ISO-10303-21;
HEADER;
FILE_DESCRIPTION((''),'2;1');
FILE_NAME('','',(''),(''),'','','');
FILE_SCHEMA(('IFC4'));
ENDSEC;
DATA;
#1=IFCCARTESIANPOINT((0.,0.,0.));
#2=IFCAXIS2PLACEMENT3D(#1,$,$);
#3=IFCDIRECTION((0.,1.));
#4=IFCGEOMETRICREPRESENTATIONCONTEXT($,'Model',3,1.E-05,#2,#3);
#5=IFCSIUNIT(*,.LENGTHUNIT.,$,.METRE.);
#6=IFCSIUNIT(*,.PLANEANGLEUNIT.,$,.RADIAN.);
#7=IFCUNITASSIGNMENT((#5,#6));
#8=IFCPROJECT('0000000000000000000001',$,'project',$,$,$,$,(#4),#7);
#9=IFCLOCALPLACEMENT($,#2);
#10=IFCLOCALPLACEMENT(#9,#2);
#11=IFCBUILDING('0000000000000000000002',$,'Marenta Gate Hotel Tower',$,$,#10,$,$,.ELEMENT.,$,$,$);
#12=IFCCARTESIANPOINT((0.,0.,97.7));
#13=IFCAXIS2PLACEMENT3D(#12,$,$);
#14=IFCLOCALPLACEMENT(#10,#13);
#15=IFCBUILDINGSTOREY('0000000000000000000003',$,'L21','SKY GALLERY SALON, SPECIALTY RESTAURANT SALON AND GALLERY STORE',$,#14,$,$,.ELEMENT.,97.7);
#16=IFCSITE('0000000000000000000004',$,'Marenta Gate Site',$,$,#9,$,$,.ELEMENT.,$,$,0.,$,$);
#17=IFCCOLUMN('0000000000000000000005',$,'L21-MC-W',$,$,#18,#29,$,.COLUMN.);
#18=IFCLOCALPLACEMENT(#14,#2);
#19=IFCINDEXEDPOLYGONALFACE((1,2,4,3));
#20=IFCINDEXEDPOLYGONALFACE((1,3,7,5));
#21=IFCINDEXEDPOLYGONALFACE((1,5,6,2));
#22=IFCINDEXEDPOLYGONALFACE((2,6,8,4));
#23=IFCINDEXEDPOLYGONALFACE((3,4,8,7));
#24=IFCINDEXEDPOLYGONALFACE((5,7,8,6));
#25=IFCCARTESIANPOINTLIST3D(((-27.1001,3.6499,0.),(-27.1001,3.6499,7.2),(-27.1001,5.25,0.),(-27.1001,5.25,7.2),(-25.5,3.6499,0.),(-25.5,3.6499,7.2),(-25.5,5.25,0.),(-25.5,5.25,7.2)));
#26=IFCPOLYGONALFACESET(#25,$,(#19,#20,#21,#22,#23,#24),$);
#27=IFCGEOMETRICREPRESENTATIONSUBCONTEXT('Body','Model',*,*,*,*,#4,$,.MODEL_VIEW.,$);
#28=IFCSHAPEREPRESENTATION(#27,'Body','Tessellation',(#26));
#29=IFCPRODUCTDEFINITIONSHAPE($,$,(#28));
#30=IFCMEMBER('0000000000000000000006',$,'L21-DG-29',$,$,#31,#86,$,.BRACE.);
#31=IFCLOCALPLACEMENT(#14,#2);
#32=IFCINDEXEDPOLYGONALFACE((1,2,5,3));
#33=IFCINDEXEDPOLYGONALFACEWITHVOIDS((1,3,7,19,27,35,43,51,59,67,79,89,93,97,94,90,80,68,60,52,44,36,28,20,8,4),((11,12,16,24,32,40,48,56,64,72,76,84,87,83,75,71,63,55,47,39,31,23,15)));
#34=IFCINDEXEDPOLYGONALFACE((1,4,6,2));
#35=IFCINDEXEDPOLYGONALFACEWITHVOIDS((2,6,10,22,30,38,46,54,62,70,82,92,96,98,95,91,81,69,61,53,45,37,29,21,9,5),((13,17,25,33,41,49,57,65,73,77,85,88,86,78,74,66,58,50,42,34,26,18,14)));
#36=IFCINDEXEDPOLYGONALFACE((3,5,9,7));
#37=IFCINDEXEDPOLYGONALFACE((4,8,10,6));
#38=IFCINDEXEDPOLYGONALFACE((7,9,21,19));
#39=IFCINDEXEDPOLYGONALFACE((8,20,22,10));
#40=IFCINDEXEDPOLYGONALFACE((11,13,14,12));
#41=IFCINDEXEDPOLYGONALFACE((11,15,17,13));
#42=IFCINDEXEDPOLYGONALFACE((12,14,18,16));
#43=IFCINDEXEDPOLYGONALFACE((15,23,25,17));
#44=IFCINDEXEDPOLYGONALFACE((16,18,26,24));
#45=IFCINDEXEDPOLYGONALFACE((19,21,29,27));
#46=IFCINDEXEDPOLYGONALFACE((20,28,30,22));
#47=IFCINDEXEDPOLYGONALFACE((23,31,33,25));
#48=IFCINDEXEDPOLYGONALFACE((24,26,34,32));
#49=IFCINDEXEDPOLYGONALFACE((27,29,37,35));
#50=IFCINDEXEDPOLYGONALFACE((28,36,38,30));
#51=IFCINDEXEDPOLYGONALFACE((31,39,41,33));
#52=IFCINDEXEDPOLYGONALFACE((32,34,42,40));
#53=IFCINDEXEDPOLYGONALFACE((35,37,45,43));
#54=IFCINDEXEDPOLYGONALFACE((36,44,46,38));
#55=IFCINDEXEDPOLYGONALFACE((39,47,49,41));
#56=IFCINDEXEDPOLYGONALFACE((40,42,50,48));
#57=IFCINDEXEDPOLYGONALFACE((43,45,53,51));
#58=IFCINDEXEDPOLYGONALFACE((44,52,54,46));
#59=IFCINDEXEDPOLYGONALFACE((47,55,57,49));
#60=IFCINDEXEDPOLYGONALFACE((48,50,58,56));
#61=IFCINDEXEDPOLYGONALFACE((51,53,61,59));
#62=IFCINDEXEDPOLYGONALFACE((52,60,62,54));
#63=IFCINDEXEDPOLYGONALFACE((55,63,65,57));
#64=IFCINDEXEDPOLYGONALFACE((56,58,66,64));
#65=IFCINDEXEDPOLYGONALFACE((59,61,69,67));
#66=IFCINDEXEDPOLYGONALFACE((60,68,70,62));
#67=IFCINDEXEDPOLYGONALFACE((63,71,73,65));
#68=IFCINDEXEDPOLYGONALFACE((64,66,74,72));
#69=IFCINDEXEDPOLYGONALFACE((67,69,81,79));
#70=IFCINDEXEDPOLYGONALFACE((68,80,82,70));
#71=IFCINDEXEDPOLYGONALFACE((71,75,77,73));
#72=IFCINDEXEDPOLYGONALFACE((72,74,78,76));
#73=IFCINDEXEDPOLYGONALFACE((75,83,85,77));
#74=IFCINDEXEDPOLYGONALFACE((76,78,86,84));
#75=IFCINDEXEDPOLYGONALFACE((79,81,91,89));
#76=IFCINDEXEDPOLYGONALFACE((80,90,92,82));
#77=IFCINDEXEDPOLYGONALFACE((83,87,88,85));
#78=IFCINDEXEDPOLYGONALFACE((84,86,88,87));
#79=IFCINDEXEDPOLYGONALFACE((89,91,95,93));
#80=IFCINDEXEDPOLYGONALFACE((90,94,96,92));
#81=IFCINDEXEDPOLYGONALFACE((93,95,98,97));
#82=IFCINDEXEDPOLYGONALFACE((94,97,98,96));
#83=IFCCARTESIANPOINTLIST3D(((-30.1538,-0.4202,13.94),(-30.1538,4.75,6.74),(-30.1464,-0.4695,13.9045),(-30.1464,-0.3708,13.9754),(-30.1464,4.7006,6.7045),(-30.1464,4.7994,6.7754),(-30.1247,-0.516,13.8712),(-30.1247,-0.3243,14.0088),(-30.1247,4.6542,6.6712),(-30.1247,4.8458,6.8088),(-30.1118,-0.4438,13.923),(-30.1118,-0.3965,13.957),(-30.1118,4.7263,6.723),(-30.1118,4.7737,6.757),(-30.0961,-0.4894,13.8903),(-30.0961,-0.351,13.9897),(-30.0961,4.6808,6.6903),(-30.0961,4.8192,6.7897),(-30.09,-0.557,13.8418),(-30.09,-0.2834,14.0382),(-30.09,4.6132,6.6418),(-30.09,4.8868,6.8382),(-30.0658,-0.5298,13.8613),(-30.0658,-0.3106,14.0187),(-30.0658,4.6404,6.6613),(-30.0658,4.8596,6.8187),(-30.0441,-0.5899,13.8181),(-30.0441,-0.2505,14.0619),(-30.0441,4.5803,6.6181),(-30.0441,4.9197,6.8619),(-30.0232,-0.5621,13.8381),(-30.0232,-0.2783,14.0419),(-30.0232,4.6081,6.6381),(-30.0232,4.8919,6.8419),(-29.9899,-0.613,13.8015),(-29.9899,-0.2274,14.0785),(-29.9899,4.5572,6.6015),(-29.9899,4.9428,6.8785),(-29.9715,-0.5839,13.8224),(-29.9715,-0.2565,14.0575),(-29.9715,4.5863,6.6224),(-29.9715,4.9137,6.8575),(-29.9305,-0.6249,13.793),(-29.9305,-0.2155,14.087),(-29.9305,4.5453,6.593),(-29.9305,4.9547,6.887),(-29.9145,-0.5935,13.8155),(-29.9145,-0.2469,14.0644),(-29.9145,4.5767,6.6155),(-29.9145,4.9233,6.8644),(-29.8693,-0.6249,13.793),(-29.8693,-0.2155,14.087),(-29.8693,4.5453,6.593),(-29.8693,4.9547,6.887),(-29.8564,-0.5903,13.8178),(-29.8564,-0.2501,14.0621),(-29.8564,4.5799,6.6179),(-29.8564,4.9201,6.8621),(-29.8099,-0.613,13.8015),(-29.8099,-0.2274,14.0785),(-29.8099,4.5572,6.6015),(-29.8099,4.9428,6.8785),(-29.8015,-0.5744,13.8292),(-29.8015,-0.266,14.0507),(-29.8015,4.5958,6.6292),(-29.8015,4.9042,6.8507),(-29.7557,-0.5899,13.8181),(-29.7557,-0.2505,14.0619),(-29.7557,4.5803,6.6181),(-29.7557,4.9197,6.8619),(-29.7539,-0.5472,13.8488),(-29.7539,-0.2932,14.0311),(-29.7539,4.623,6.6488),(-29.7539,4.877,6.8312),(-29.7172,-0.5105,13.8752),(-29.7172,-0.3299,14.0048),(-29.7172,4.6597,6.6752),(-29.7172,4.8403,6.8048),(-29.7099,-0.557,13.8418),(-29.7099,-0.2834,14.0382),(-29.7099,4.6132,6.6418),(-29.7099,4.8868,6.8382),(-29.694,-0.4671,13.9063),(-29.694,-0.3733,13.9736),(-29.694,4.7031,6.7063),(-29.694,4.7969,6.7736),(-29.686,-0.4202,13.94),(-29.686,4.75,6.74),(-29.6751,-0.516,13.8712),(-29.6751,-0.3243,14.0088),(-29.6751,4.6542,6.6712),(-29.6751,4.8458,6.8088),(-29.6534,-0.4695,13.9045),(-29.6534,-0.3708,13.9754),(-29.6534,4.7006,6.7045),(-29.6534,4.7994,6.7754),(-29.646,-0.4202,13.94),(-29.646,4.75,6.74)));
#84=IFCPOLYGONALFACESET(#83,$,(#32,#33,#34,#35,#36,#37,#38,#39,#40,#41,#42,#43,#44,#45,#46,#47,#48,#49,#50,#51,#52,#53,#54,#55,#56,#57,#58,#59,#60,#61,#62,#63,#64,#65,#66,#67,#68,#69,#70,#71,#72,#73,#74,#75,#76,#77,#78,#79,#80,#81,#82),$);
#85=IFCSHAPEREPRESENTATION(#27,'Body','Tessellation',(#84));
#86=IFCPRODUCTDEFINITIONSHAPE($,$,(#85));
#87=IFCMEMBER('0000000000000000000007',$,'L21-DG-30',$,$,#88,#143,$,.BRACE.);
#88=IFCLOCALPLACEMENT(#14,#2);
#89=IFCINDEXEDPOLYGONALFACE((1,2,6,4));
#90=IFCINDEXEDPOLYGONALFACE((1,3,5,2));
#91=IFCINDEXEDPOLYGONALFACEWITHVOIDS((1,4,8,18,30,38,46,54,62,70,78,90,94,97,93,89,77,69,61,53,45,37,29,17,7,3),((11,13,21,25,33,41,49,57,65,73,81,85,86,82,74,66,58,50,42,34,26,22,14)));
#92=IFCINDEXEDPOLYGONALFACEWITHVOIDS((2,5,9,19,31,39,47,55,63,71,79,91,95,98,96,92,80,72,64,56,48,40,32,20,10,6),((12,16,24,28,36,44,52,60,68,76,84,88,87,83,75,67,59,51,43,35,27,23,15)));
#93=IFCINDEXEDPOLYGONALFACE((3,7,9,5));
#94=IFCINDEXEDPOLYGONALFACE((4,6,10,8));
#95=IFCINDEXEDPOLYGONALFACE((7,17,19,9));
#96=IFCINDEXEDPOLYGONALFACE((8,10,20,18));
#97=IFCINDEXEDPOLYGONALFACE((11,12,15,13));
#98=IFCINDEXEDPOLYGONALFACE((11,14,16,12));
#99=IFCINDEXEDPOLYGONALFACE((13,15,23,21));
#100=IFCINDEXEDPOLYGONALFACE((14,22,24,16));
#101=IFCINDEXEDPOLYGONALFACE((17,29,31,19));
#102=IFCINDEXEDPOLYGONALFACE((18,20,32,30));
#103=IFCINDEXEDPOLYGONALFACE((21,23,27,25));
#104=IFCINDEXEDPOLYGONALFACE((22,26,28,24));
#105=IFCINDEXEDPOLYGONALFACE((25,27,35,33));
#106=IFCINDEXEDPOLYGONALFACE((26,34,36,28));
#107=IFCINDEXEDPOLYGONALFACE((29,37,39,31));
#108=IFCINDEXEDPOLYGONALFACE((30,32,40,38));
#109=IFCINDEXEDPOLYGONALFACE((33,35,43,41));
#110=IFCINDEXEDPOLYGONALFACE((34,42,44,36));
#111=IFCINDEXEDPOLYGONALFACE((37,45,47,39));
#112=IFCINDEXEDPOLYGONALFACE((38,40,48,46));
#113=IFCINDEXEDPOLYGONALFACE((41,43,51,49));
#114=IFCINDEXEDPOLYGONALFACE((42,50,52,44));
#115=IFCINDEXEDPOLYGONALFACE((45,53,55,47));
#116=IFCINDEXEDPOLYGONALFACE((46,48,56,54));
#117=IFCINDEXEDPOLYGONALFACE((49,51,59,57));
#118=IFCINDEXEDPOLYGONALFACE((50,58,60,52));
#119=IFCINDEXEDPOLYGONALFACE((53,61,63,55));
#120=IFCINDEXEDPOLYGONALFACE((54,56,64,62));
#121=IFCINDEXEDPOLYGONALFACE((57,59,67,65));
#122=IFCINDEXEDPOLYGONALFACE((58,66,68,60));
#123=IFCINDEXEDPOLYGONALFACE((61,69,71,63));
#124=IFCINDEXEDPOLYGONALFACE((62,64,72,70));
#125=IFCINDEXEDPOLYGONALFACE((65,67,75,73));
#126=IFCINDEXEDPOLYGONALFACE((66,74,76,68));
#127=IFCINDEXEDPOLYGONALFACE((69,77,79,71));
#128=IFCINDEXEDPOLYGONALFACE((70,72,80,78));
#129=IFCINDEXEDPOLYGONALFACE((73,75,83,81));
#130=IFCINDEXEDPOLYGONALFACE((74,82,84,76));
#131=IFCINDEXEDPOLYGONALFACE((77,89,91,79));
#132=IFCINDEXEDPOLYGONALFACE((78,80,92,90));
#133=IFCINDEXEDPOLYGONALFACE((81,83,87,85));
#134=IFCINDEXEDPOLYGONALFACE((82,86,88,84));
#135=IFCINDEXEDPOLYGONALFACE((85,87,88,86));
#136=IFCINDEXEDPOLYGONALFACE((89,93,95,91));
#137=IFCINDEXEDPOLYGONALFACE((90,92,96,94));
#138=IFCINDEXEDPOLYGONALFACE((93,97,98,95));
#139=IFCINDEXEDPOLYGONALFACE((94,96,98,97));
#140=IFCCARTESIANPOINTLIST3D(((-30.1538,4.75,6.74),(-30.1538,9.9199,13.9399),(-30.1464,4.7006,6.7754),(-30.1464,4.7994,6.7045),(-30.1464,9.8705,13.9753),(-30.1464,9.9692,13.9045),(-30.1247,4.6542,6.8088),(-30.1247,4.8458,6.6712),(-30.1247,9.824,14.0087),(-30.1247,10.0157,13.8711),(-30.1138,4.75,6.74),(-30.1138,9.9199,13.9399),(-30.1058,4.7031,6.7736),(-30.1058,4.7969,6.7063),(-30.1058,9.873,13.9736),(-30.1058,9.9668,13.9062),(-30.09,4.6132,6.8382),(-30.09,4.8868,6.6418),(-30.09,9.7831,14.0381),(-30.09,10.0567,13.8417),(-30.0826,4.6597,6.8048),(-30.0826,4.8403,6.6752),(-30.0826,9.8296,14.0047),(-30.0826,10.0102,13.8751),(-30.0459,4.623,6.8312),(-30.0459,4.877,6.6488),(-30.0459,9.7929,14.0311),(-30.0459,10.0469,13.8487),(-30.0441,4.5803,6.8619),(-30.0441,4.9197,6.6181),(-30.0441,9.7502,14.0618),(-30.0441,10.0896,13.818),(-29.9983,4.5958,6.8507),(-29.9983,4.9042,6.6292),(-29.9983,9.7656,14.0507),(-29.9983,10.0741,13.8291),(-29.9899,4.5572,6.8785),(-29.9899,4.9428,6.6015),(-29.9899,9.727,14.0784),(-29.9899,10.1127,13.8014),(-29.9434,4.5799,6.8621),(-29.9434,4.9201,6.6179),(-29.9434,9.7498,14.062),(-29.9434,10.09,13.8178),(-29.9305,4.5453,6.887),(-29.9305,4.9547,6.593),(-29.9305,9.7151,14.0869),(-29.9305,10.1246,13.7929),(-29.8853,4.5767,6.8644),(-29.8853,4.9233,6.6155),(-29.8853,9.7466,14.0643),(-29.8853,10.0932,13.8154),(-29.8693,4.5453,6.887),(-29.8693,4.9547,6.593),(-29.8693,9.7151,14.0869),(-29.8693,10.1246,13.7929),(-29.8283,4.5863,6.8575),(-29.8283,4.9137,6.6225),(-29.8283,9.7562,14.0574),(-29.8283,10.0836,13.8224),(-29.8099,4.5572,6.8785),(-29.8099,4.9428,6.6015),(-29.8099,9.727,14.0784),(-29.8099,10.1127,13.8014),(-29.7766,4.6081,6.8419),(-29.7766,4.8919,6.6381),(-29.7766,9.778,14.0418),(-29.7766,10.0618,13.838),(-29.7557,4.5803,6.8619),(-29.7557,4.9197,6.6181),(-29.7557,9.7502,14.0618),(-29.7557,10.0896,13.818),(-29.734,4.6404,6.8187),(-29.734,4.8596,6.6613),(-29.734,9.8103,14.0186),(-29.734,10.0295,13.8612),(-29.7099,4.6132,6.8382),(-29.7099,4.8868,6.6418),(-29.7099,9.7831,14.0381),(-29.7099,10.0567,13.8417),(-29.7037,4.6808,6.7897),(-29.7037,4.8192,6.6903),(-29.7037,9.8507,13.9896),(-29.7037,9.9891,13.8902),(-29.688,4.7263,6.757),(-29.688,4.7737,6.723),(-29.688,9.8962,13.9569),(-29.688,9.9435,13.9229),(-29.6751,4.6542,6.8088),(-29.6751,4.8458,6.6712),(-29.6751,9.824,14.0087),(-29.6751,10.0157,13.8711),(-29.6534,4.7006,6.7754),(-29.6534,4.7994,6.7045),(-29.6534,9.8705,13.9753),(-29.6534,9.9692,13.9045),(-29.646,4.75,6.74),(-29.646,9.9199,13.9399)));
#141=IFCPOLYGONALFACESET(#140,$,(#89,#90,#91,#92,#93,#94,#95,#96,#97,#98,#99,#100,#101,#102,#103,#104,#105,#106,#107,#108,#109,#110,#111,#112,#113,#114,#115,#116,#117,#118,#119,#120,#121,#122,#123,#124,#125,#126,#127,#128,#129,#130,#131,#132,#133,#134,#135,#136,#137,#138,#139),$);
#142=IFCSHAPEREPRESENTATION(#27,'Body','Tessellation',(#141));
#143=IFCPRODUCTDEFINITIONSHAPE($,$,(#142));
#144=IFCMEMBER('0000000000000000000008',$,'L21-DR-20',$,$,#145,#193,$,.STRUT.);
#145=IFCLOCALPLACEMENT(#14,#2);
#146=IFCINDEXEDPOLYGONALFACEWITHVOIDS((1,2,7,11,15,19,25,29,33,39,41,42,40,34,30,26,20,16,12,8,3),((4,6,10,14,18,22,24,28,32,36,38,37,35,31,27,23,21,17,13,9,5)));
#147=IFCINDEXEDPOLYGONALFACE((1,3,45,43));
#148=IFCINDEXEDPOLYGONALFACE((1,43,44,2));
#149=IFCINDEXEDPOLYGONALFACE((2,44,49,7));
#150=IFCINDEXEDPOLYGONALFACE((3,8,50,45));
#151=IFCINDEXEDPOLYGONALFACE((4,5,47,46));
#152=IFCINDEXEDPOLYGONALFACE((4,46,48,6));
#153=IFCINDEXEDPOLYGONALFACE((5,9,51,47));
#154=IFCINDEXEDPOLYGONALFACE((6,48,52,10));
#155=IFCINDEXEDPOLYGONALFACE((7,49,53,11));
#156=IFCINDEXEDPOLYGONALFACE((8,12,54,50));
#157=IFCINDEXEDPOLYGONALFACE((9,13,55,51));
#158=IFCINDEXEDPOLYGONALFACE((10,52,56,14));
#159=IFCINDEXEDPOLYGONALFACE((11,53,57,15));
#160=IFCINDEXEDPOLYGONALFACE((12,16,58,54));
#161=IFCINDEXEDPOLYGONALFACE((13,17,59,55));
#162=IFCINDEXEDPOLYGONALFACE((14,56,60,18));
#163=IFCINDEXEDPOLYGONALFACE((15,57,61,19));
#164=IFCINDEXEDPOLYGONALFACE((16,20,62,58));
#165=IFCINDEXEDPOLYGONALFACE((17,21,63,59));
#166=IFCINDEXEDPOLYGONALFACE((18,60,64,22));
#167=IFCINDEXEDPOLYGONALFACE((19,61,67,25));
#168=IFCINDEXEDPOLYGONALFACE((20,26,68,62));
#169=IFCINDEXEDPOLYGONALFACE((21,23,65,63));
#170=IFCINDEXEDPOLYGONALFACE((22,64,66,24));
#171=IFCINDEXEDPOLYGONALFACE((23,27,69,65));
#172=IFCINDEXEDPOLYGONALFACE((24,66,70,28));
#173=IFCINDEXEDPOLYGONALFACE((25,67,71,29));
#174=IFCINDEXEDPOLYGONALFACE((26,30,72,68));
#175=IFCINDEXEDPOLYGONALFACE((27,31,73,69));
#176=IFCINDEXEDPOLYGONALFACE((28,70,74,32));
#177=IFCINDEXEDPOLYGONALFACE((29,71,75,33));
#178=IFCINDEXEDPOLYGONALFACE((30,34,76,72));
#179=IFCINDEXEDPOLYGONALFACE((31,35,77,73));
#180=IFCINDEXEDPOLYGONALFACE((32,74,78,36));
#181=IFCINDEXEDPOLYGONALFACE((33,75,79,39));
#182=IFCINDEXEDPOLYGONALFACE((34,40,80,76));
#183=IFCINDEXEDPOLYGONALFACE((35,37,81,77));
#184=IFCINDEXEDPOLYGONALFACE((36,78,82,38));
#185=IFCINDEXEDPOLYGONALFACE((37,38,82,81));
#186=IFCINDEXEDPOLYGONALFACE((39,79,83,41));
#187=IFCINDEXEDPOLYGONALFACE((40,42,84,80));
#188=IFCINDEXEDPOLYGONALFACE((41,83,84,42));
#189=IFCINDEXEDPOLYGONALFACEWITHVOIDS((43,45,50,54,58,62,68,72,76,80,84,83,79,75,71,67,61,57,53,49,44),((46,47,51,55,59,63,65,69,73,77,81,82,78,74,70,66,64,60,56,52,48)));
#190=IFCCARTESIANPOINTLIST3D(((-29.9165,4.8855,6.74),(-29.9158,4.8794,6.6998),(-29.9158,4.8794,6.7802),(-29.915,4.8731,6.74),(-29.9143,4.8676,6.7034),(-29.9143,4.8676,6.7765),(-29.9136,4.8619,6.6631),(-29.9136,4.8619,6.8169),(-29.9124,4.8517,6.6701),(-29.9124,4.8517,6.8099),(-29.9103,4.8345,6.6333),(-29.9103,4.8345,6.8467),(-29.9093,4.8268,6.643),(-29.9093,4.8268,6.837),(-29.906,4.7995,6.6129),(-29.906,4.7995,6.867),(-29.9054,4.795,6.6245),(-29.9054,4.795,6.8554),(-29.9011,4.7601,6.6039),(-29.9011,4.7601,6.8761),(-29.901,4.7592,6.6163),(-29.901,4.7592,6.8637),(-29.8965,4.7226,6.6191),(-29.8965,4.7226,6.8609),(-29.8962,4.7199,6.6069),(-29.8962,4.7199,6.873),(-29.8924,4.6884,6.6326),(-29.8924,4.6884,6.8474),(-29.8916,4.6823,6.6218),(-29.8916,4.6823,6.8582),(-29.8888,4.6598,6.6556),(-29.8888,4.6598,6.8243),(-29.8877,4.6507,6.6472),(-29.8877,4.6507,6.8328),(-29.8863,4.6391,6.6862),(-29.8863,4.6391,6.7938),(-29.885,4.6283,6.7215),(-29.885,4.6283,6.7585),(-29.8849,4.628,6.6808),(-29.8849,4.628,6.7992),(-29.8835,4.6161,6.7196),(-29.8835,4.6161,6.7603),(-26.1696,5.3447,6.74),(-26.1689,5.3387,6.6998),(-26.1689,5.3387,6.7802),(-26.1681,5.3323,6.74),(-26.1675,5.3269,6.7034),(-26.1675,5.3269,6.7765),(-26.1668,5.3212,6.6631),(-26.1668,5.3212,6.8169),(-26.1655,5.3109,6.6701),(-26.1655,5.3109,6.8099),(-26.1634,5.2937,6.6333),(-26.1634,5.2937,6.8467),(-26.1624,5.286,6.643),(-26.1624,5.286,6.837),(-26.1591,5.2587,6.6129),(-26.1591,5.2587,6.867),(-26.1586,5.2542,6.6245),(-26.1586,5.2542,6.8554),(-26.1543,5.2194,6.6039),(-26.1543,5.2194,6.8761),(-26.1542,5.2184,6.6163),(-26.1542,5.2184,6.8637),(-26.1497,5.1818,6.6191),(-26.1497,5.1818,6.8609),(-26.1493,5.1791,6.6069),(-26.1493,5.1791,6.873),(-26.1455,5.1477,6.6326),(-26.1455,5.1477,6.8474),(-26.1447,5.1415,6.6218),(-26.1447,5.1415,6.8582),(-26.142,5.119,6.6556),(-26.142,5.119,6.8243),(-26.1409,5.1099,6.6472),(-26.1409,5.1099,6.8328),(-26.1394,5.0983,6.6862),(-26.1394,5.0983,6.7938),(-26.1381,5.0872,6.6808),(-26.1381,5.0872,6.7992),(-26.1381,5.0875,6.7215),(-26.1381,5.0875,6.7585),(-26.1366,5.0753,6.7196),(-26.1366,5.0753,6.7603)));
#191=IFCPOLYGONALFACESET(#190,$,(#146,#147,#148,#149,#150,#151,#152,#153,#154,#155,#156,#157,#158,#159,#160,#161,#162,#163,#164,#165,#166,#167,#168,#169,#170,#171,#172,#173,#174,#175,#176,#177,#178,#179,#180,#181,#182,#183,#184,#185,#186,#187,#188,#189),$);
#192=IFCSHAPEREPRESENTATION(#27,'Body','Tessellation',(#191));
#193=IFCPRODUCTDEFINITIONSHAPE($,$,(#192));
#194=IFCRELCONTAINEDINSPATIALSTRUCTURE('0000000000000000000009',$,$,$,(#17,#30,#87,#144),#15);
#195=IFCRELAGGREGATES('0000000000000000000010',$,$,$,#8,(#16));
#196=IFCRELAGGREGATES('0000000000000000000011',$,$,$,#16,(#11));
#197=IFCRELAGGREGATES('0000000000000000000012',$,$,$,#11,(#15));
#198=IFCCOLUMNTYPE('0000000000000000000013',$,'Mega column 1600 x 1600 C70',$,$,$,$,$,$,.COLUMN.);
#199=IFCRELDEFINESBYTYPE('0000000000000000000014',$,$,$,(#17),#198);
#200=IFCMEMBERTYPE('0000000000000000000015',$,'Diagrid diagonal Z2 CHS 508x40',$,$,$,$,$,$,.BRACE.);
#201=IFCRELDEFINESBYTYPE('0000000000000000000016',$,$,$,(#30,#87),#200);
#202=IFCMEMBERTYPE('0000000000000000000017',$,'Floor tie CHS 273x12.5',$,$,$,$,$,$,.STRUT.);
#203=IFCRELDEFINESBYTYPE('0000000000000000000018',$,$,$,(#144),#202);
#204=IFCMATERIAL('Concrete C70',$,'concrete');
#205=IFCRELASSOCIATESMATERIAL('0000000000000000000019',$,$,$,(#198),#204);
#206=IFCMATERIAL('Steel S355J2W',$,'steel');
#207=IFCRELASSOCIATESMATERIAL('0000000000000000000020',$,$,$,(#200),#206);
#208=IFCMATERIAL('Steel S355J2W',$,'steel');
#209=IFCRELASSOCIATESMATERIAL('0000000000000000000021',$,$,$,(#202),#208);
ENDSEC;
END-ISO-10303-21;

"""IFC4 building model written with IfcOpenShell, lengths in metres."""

from ifc_helpers import new_model, si_unit, direction, frame, origin, origin_2d, place, context, subcontext, project, spatial, rectangle, hollow_circle, extrude, material, material_profile, profile_set, type_object, element, save


model = new_model("IFC4")

# Units and contexts
model_context = context("Model", 3, precision=1e-05, world=origin(), true_north=direction((0.0, 1.0)))
body_context = subcontext(model_context, "Body", "Model", "MODEL_VIEW")
ifc_project = project(units=[si_unit("LENGTHUNIT", "METRE"), si_unit("PLANEANGLEUNIT", "RADIAN")], contexts=[model_context])

# Site, building, storey
site_placement = place(None, origin())
site = spatial("IfcSite", under=ifc_project, at=site_placement, Name="Marenta Gate Site", CompositionType="ELEMENT", RefElevation=0.0)
building_placement = place(site_placement, origin())
building = spatial("IfcBuilding", under=site, at=building_placement, Name="Marenta Gate Hotel Tower", CompositionType="ELEMENT")
storey_placement = place(building_placement, frame((0.0, 0.0, 97.7)))
storey = spatial("IfcBuildingStorey", under=building, at=storey_placement, Name="L21", Description="SKY GALLERY SALON, SPECIALTY RESTAURANT SALON AND GALLERY STORE", CompositionType="ELEMENT", Elevation=97.7)

# Column
ifc_material_1 = material(Name="Concrete C70", Category="concrete")
ifc_material_profile_1 = material_profile(ifc_material_1, rectangle(XDim=1.6001, YDim=1.6001, at=origin_2d()), Name="1600 x 1600")
ifc_profile_set_1 = profile_set([ifc_material_profile_1], Name="Concrete C70")
column_type = type_object("IfcColumnType", Name="Mega column 1600 x 1600 C70", PredefinedType="COLUMN", material=ifc_profile_set_1)
column_placement = place(storey_placement, frame((-26.3, 4.45, 0.0), z_axis=(0.0, 0.0, 1.0), x_axis=(1.0, 0.0, 0.0)))
element("IfcColumn", 1, at=column_placement, inside=storey, type_object=column_type, Name="L21-MC-W", PredefinedType="COLUMN", context=body_context, shape_type="SweptSolid", body=[
    extrude(rectangle(XDim=1.6001, YDim=1.6001, at=origin_2d()), origin(), (0.0, 0.0, 1.0), 7.2),
])

# Members
ifc_material_2 = material(Name="Steel S355J2W", Category="steel")
ifc_material_profile_2 = material_profile(ifc_material_2, hollow_circle(Radius=0.2539, WallThickness=0.04, at=origin_2d()), Name="CHS 508x40")
ifc_profile_set_2 = profile_set([ifc_material_profile_2], Name="Steel S355J2W")
member_type_1 = type_object("IfcMemberType", Name="Diagrid diagonal Z2 CHS 508x40", PredefinedType="BRACE", material=ifc_profile_set_2)
member_1_placement = place(storey_placement, frame((-29.8999, 4.75, 6.74), z_axis=(0.0, -0.583279, 0.812272), x_axis=(1.0, 0.0, 0.0)))
element("IfcMember", 2, at=member_1_placement, inside=storey, type_object=member_type_1, Name="L21-DG-29", PredefinedType="BRACE", context=body_context, shape_type="SweptSolid", body=[
    extrude(hollow_circle(Radius=0.2539, WallThickness=0.04, at=origin_2d()), origin(), (0.0, 0.0, 1.0), 8.864),
])
member_2_placement = place(storey_placement, frame((-29.8999, 4.75, 6.74), z_axis=(0.0, 0.583261, 0.812285), x_axis=(-1.0, 0.0, 0.0)))
element("IfcMember", 3, at=member_2_placement, inside=storey, type_object=member_type_1, Name="L21-DG-30", PredefinedType="BRACE", context=body_context, shape_type="SweptSolid", body=[
    extrude(hollow_circle(Radius=0.2539, WallThickness=0.04, at=origin_2d()), origin(), (0.0, 0.0, 1.0), 8.8638),
])
ifc_material_3 = material(Name="Steel S355J2W", Category="steel")
ifc_material_profile_3 = material_profile(ifc_material_3, hollow_circle(Radius=0.1365, WallThickness=0.0125, at=origin_2d()), Name="CHS 273x12.5")
ifc_profile_set_3 = profile_set([ifc_material_profile_3], Name="Steel S355J2W")
member_type_2 = type_object("IfcMemberType", Name="Floor tie CHS 273x12.5", PredefinedType="STRUT", material=ifc_profile_set_3)
member_3_placement = place(storey_placement, frame((-29.8999, 4.75, 6.74), z_axis=(0.992573, 0.121654, 0.0), x_axis=(-0.121654, 0.992573, 0.0)))
element("IfcMember", 4, at=member_3_placement, inside=storey, type_object=member_type_2, Name="L21-DR-20", PredefinedType="STRUT", context=body_context, shape_type="SweptSolid", body=[
    extrude(hollow_circle(Radius=0.1365, WallThickness=0.0125, at=origin_2d()), origin(), (0.0, 0.0, 1.0), 3.7749),
])

save(model, "model.ifc")
